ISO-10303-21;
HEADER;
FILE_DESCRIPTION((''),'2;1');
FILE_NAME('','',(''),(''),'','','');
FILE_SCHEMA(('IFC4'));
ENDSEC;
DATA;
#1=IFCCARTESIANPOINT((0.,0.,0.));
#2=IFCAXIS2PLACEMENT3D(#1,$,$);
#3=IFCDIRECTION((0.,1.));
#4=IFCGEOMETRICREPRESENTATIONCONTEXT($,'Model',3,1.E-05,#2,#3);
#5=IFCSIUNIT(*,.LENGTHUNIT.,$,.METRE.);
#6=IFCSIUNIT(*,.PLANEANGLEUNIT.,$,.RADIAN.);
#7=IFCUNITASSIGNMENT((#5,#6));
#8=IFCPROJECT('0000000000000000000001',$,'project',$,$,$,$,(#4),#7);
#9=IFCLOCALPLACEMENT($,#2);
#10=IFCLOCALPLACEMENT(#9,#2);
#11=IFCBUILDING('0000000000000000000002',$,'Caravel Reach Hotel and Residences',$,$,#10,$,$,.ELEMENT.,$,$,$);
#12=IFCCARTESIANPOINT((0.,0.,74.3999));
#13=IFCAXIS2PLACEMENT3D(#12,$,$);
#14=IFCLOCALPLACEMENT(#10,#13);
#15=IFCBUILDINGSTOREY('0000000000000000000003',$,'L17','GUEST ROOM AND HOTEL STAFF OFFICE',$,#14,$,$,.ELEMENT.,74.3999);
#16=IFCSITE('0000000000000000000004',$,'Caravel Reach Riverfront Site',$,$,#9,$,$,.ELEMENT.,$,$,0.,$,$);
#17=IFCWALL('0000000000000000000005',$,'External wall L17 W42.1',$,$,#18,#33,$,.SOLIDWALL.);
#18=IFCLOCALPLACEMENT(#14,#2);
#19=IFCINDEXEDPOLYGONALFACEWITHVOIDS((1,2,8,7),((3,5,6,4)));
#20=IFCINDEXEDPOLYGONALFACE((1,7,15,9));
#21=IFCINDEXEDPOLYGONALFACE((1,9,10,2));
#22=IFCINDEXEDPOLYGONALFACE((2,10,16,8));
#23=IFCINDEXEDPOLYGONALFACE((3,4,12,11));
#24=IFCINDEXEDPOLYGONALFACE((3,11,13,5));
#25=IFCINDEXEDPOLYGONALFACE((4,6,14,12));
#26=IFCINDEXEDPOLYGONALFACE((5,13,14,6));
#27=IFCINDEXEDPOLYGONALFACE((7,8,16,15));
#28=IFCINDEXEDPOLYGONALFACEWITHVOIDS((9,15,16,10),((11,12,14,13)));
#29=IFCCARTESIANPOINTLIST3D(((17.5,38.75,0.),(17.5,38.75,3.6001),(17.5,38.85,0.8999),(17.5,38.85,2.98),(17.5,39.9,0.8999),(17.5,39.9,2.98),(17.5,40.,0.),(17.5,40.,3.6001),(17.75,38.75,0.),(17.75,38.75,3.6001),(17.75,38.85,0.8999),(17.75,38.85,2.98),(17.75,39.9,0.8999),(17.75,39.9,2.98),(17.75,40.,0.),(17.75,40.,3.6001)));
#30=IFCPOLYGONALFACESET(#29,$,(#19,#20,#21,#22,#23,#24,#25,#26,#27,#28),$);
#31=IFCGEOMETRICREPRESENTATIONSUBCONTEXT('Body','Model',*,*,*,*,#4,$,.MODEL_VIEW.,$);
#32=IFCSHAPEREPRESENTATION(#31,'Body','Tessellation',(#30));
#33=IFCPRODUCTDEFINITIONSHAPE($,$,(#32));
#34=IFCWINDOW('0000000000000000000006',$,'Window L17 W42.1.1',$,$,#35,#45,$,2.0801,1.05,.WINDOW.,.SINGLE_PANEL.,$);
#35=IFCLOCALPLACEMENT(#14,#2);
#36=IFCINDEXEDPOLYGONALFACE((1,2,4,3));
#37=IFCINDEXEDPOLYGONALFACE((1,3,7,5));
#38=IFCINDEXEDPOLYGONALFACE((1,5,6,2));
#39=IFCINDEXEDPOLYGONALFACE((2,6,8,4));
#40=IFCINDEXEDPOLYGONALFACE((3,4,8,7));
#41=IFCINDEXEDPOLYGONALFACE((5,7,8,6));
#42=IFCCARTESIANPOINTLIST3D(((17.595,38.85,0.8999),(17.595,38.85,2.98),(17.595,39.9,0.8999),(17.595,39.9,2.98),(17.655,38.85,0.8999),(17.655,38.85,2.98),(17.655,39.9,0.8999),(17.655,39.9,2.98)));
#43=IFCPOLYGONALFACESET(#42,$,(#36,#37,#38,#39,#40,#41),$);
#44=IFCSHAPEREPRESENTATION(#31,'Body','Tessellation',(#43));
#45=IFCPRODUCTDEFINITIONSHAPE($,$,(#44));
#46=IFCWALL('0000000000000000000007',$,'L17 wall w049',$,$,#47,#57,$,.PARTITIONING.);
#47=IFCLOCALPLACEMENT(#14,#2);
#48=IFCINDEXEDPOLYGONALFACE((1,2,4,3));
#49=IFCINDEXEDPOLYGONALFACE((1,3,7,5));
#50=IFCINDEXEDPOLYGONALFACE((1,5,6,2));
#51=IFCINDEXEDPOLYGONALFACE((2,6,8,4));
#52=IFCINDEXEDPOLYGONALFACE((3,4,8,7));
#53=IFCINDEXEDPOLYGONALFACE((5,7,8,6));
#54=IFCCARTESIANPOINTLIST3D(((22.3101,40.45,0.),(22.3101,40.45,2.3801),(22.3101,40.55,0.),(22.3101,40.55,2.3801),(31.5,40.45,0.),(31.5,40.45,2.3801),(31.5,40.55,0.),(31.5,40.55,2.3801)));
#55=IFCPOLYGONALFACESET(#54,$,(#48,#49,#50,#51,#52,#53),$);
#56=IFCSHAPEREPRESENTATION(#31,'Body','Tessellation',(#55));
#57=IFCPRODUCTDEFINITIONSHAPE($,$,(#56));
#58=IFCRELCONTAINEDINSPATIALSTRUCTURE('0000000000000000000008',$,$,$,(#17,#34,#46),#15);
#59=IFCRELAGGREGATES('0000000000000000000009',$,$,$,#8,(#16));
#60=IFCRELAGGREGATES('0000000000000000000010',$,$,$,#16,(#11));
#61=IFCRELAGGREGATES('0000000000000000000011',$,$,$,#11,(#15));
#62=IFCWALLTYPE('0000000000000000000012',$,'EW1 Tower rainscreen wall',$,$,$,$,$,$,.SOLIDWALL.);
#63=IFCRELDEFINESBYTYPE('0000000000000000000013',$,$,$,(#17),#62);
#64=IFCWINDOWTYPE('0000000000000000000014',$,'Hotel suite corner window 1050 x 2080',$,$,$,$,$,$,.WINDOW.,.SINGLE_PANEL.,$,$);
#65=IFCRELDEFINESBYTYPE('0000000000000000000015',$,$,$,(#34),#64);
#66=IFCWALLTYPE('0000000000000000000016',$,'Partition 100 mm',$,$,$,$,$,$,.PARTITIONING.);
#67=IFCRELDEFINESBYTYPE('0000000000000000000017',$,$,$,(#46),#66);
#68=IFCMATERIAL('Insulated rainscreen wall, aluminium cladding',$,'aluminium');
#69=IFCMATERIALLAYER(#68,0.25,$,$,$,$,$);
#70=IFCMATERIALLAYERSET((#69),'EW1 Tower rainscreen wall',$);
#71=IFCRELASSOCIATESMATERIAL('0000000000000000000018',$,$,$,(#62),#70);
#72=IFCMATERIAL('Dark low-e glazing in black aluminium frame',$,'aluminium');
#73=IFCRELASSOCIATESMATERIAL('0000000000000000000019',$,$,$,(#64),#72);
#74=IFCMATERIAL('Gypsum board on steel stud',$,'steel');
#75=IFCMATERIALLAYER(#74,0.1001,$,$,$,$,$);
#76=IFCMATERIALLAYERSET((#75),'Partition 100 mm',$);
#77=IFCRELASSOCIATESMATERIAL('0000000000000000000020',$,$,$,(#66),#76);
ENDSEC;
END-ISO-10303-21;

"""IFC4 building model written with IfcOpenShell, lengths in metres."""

from ifc_helpers import new_model, si_unit, direction, frame, frame_2d, origin, place, context, subcontext, project, spatial, rectangle, extrude, material, layer, layer_set, type_object, element, fill, save


model = new_model("IFC4")

# Units and contexts
model_context = context("Model", 3, precision=1e-05, world=origin(), true_north=direction((0.0, 1.0)))
body_context = subcontext(model_context, "Body", "Model", "MODEL_VIEW")
ifc_project = project(units=[si_unit("LENGTHUNIT", "METRE"), si_unit("PLANEANGLEUNIT", "RADIAN")], contexts=[model_context])

# Site, building, storey
site_placement = place(None, origin())
site = spatial("IfcSite", under=ifc_project, at=site_placement, Name="Caravel Reach Riverfront Site", CompositionType="ELEMENT", RefElevation=0.0)
building_placement = place(site_placement, origin())
building = spatial("IfcBuilding", under=site, at=building_placement, Name="Caravel Reach Hotel and Residences", CompositionType="ELEMENT")
storey_placement = place(building_placement, frame((0.0, 0.0, 74.3999)))
storey = spatial("IfcBuildingStorey", under=building, at=storey_placement, Name="L17", Description="GUEST ROOM AND HOTEL STAFF OFFICE", CompositionType="ELEMENT", Elevation=74.3999)

# Wall, opening, window
ifc_material_1 = material(Name="Insulated rainscreen wall, aluminium cladding", Category="aluminium")
ifc_layer_1 = layer(ifc_material_1, 0.25)
ifc_layer_set_1 = layer_set([ifc_layer_1], Name="EW1 Tower rainscreen wall")
wall_type_1 = type_object("IfcWallType", Name="EW1 Tower rainscreen wall", PredefinedType="SOLIDWALL", material=ifc_layer_set_1)
wall_1_placement = place(storey_placement, frame((17.625, 40.0, 0.0), z_axis=(0.0, 0.0, 1.0), x_axis=(0.0, -1.0, 0.0)))
wall_1 = element("IfcWall", 1, at=wall_1_placement, inside=storey, type_object=wall_type_1, Name="External wall L17 W42.1", PredefinedType="SOLIDWALL", context=body_context, shape_type="SweptSolid", body=[
    extrude(rectangle(XDim=1.25, YDim=0.25, at=frame_2d((0.625, 0.0))), origin(), (0.0, 0.0, 1.0), 3.6001),
])
opening_1_placement = place(wall_1_placement, frame((0.1001, 0.0, 0.8999)))
opening_1 = element("IfcOpeningElement", 2, at=opening_1_placement, cuts=wall_1, PredefinedType="OPENING", context=body_context, shape_type="SweptSolid", body=[
    extrude(rectangle(XDim=1.05, YDim=2.0801, at=frame_2d((0.5249, 1.04))), frame((0.0, 0.135, 0.0), z_axis=(0.0, -1.0, 0.0), x_axis=(1.0, 0.0, 0.0)), (0.0, 0.0, 1.0), 0.27),
])
ifc_material_2 = material(Name="Dark low-e glazing in black aluminium frame", Category="aluminium")
window_type_1 = type_object("IfcWindowType", Name="Hotel suite corner window 1050 x 2080", PartitioningType="SINGLE_PANEL", PredefinedType="WINDOW", material=ifc_material_2)
window_1_placement = place(opening_1_placement, origin())
window_1 = element("IfcWindow", 3, at=window_1_placement, inside=storey, type_object=window_type_1, Name="Window L17 W42.1.1", OverallHeight=2.0801, OverallWidth=1.05, PartitioningType="SINGLE_PANEL", PredefinedType="WINDOW", context=body_context, shape_type="SweptSolid", body=[
    extrude(rectangle(XDim=1.05, YDim=2.0801, at=frame_2d((0.5249, 1.04))), frame((0.0, 0.03, 0.0), z_axis=(0.0, -1.0, 0.0), x_axis=(1.0, 0.0, 0.0)), (0.0, 0.0, 1.0), 0.0601),
])
fill(opening_1, window_1)

# Wall
ifc_material_3 = material(Name="Gypsum board on steel stud", Category="steel")
ifc_layer_2 = layer(ifc_material_3, 0.1001)
ifc_layer_set_2 = layer_set([ifc_layer_2], Name="Partition 100 mm")
wall_type_2 = type_object("IfcWallType", Name="Partition 100 mm", PredefinedType="PARTITIONING", material=ifc_layer_set_2)
wall_2_placement = place(storey_placement, frame((22.3101, 40.5, 0.0), z_axis=(0.0, 0.0, 1.0), x_axis=(1.0, 0.0, 0.0)))
element("IfcWall", 4, at=wall_2_placement, inside=storey, type_object=wall_type_2, Name="L17 wall w049", PredefinedType="PARTITIONING", context=body_context, shape_type="SweptSolid", body=[
    extrude(rectangle(XDim=9.1899, YDim=0.1001, at=frame_2d((4.595, 0.0))), origin(), (0.0, 0.0, 1.0), 2.3801),
])

save(model, "model.ifc")
